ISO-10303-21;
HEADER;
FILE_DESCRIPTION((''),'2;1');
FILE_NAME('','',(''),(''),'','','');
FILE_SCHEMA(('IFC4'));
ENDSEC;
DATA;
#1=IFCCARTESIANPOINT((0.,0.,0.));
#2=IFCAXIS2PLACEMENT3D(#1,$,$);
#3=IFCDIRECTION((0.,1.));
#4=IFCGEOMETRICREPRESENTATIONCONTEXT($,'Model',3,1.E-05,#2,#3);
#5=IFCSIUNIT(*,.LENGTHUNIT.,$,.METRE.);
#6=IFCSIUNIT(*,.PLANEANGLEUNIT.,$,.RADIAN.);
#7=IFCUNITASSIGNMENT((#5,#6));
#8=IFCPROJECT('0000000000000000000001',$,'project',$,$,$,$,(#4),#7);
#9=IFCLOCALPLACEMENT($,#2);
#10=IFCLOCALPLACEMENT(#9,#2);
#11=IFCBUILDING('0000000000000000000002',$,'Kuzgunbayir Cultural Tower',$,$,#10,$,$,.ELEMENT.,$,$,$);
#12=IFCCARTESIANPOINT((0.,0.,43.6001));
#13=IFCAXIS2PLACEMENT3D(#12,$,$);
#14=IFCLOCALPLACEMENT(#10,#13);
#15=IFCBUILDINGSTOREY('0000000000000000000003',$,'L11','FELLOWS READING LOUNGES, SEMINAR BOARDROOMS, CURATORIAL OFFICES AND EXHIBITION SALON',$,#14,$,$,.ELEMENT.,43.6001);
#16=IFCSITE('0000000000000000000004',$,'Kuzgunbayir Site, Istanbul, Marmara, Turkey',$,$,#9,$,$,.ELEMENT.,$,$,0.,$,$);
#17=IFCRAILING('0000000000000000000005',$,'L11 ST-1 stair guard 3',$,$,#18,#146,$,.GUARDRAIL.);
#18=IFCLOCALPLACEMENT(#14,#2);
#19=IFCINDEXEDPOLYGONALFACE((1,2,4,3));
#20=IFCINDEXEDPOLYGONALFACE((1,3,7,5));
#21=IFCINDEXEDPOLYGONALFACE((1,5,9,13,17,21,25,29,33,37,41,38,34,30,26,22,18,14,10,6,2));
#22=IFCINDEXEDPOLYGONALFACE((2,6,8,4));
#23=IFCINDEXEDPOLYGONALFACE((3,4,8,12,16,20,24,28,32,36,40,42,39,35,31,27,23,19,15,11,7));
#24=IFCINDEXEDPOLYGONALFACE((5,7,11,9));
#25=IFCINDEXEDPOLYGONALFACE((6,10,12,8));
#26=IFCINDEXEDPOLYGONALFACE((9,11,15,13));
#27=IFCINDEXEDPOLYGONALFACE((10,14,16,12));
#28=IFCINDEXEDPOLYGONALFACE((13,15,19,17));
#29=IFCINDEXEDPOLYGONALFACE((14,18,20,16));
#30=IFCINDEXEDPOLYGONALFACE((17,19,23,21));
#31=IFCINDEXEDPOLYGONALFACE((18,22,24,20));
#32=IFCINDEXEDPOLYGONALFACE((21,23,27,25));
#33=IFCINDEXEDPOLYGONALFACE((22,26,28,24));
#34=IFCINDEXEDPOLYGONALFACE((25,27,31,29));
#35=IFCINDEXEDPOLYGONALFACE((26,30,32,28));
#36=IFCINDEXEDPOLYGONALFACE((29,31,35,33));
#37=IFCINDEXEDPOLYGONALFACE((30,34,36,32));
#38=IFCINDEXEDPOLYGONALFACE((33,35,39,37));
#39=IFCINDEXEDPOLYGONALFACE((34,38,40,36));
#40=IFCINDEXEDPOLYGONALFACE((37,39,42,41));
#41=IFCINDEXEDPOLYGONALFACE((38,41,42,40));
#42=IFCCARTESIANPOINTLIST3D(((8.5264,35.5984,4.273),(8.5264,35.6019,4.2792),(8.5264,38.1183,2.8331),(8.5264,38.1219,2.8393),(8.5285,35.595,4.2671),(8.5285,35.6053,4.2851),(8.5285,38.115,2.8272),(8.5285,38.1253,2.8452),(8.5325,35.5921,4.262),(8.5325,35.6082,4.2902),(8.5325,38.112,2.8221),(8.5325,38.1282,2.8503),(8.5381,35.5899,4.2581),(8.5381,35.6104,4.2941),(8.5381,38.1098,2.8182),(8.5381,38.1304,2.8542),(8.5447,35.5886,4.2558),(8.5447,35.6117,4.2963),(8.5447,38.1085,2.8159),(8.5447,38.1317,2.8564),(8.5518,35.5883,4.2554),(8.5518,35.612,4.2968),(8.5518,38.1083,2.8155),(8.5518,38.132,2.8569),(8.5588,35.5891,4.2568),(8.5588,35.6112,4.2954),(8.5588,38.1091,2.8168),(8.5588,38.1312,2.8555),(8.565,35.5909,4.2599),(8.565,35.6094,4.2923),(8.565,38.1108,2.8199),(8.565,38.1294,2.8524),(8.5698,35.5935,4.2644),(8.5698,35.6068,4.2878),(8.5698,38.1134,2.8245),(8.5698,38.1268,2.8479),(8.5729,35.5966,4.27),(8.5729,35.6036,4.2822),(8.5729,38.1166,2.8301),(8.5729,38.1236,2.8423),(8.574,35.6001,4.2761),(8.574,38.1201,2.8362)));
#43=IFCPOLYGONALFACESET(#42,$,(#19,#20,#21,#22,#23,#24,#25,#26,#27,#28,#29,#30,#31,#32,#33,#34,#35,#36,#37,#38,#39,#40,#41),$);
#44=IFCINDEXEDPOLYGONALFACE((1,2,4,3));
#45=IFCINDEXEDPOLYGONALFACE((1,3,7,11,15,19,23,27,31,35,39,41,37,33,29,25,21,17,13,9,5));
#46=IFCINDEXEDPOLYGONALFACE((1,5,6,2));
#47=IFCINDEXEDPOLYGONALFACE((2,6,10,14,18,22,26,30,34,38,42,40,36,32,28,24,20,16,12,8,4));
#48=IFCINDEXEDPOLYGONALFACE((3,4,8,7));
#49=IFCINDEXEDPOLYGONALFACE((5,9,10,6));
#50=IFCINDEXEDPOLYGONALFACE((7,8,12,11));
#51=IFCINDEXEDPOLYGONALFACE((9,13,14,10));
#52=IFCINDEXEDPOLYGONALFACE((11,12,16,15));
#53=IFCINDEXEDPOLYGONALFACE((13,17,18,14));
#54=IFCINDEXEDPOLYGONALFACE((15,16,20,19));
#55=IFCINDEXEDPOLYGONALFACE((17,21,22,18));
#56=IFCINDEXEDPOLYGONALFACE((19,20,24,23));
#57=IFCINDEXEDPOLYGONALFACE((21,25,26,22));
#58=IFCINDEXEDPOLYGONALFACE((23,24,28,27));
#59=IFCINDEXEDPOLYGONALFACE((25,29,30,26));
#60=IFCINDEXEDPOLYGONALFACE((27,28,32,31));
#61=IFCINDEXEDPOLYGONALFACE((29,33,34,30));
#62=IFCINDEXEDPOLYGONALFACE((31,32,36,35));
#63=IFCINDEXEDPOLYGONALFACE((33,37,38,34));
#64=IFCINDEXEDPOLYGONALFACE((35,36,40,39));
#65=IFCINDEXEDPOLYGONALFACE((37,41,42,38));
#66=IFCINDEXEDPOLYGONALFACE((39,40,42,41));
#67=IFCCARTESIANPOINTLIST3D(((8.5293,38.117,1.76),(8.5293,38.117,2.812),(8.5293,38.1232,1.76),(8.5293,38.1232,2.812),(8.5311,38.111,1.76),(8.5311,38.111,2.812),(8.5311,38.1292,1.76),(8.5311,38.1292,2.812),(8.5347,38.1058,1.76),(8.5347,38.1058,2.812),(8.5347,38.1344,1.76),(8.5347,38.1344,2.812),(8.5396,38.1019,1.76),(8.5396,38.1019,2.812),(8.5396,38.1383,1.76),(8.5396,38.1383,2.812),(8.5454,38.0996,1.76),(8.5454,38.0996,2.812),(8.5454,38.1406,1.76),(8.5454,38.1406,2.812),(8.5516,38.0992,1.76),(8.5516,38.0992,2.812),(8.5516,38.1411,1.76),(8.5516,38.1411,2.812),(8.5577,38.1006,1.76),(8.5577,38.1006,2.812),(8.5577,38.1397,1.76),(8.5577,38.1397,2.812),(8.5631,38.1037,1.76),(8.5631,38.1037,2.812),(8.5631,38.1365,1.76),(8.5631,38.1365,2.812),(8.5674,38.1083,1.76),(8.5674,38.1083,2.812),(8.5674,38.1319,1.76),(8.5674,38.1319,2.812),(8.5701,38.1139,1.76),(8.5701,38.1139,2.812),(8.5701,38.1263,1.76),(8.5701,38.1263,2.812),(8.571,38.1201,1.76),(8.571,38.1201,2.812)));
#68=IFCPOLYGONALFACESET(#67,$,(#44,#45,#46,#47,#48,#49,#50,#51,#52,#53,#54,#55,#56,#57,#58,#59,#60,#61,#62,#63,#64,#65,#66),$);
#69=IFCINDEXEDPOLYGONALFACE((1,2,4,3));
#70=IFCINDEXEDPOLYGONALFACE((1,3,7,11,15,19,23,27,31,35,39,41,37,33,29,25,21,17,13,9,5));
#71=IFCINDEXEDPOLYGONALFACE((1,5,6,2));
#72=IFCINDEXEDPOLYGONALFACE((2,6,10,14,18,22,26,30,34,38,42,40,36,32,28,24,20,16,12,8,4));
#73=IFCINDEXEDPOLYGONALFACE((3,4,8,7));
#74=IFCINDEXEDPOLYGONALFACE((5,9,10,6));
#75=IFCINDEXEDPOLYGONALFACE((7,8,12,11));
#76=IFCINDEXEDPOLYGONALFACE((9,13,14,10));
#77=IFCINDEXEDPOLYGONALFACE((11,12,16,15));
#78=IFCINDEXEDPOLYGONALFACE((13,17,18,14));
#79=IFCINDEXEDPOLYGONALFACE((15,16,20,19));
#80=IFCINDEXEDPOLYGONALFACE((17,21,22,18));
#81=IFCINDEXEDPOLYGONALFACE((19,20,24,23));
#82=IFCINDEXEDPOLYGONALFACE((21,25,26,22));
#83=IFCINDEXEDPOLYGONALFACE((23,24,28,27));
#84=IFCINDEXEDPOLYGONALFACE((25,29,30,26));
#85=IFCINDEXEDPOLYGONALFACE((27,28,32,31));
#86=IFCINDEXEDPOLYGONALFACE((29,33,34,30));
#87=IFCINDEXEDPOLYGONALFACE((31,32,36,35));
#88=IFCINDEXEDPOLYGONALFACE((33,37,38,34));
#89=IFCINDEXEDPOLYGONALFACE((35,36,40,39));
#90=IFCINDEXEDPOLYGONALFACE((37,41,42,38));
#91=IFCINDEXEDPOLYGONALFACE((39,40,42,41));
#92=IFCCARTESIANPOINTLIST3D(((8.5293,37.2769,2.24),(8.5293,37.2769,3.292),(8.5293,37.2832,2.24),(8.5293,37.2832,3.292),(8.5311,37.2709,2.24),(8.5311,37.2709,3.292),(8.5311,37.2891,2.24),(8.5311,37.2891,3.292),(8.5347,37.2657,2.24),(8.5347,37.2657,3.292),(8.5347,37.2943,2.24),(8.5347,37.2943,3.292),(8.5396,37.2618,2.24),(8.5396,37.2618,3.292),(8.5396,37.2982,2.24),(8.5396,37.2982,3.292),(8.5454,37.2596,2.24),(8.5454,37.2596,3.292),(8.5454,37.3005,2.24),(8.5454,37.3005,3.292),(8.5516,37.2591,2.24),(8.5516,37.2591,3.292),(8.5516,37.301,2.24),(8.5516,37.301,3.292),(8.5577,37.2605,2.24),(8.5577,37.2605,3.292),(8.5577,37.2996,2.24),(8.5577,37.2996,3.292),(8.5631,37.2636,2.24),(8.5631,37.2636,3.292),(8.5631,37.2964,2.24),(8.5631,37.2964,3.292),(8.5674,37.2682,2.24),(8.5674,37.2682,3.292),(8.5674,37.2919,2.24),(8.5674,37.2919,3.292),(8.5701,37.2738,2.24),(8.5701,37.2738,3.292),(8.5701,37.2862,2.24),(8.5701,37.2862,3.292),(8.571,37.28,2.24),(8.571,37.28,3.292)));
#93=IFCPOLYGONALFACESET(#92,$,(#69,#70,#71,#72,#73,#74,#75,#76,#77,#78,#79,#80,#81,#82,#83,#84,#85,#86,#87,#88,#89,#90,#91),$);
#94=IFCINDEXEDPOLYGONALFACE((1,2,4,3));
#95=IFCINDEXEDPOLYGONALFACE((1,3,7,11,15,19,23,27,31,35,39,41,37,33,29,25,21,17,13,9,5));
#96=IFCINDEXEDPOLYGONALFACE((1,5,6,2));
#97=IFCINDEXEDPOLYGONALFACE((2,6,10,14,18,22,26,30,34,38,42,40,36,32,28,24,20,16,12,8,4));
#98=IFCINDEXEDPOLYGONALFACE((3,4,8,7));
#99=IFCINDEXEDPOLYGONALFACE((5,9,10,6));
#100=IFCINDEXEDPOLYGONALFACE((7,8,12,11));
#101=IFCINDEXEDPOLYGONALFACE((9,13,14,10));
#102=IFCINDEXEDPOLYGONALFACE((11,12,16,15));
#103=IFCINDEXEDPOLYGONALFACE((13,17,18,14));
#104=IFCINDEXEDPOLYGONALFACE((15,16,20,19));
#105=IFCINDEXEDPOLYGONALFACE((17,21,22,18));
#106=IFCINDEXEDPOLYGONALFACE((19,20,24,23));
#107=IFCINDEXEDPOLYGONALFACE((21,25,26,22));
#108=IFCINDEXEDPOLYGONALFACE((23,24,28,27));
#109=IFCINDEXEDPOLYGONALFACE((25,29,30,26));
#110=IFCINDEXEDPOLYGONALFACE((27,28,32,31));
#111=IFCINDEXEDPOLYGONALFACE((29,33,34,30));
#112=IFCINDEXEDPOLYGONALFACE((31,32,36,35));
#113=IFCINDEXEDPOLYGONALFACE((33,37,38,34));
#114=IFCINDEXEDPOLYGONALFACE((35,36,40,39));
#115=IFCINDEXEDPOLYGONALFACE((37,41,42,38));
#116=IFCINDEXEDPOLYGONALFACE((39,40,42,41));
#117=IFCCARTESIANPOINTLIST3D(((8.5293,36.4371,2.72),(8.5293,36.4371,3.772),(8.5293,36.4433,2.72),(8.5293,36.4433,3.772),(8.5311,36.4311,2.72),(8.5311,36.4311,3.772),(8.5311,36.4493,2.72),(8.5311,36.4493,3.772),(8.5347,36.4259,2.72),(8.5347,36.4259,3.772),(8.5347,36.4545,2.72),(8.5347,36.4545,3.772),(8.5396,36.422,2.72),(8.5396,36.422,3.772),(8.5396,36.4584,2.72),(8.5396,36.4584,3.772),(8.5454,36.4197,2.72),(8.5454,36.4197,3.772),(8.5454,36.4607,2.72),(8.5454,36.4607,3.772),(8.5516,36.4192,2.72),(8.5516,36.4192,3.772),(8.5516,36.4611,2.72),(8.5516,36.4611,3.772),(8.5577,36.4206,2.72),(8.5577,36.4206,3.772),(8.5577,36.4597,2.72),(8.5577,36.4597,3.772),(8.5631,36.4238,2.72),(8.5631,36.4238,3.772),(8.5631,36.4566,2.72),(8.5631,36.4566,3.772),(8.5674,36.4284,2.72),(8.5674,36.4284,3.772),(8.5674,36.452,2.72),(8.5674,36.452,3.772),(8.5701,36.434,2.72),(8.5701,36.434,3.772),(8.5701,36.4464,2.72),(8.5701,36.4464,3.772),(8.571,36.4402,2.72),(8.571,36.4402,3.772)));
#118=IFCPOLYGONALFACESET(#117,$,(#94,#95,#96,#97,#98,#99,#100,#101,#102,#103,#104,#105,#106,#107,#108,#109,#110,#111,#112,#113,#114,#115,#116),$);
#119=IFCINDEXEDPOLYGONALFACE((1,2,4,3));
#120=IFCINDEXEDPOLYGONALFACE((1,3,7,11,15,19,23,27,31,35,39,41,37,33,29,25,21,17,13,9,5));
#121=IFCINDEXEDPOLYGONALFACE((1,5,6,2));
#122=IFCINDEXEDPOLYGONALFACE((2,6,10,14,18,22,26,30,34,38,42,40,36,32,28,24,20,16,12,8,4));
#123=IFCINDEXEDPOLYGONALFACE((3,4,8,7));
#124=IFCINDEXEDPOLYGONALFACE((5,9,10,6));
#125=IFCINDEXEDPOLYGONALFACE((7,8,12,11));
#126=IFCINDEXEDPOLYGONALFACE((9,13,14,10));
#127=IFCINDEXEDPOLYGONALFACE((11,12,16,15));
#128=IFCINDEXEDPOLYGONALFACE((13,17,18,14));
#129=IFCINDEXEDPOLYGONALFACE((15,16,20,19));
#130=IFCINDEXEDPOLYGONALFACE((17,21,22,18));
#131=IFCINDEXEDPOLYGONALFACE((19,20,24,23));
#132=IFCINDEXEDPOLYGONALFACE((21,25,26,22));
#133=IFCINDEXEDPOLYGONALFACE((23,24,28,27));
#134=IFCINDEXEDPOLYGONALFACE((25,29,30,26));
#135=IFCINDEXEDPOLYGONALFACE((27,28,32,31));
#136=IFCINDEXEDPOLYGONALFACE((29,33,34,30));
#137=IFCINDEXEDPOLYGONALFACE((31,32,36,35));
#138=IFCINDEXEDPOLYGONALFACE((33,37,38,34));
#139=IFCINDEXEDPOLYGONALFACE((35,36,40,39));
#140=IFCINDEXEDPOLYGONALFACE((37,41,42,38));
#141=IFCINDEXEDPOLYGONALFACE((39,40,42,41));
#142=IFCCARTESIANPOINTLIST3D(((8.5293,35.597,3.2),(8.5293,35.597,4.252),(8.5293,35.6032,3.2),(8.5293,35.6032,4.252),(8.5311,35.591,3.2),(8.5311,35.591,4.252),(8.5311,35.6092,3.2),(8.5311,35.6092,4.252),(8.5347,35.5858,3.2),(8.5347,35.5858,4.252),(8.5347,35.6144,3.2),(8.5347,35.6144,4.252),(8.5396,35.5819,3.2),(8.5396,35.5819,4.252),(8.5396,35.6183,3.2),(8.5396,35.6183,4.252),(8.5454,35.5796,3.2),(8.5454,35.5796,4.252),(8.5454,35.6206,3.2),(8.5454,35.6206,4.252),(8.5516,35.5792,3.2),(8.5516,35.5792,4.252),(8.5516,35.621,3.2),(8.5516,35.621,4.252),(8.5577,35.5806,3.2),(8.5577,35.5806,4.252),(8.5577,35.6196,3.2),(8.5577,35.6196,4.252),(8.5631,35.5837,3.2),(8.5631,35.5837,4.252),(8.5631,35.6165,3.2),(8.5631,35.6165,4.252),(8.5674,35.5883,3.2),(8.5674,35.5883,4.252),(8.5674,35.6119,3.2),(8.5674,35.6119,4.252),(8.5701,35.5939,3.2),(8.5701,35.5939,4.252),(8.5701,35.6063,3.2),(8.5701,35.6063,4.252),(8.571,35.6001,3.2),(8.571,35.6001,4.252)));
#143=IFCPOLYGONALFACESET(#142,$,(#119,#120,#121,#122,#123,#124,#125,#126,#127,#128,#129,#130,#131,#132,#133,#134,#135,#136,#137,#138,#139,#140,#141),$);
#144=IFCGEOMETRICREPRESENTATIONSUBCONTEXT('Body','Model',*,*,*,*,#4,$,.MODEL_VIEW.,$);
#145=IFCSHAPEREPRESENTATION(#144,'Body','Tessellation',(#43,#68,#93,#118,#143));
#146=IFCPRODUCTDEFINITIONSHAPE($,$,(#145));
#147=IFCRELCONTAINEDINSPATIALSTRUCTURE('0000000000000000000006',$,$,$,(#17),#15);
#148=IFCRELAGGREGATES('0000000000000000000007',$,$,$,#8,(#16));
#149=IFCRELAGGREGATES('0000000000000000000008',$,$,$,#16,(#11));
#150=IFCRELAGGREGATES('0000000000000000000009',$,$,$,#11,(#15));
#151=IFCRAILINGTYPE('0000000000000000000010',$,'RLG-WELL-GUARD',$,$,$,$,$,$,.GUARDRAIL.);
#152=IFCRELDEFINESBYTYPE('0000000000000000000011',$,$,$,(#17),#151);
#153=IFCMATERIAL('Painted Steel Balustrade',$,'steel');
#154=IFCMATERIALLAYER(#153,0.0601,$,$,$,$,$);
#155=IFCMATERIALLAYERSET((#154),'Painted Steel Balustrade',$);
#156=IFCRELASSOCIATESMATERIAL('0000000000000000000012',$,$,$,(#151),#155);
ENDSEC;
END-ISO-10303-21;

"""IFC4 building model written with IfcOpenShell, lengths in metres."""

from ifc_helpers import new_model, si_unit, direction, frame, origin, origin_2d, place, context, subcontext, project, spatial, circle, extrude, material, layer, layer_set, type_object, element, save


model = new_model("IFC4")

# Units and contexts
model_context = context("Model", 3, precision=1e-05, world=origin(), true_north=direction((0.0, 1.0)))
body_context = subcontext(model_context, "Body", "Model", "MODEL_VIEW")
ifc_project = project(units=[si_unit("LENGTHUNIT", "METRE"), si_unit("PLANEANGLEUNIT", "RADIAN")], contexts=[model_context])

# Site, building, storey
site_placement = place(None, origin())
site = spatial("IfcSite", under=ifc_project, at=site_placement, Name="Kuzgunbayir Site, Istanbul, Marmara, Turkey", CompositionType="ELEMENT", RefElevation=0.0)
building_placement = place(site_placement, origin())
building = spatial("IfcBuilding", under=site, at=building_placement, Name="Kuzgunbayir Cultural Tower", CompositionType="ELEMENT")
storey_placement = place(building_placement, frame((0.0, 0.0, 43.6001)))
storey = spatial("IfcBuildingStorey", under=building, at=storey_placement, Name="L11", Description="FELLOWS READING LOUNGES, SEMINAR BOARDROOMS, CURATORIAL OFFICES AND EXHIBITION SALON", CompositionType="ELEMENT", Elevation=43.6001)

# Railing
ifc_material_1 = material(Name="Painted Steel Balustrade", Category="steel")
ifc_layer_1 = layer(ifc_material_1, 0.0601)
ifc_layer_set_1 = layer_set([ifc_layer_1], Name="Painted Steel Balustrade")
railing_type_1 = type_object("IfcRailingType", Name="RLG-WELL-GUARD", PredefinedType="GUARDRAIL", material=ifc_layer_set_1)
railing_1_placement = place(storey_placement, frame((8.55, 38.1201, 1.76)))
element("IfcRailing", 1, at=railing_1_placement, inside=storey, type_object=railing_type_1, Name="L11 ST-1 stair guard 3", PredefinedType="GUARDRAIL", context=body_context, shape_type="SweptSolid", body=[
    extrude(circle(Radius=0.0239, at=origin_2d()), frame((0.0, 0.0, 1.0762), z_axis=(0.0, -0.868253, 0.496121), x_axis=(1.0, 0.0, 0.0)), (0.0, 0.0, 1.0), 2.9023),
    extrude(circle(Radius=0.021, at=origin_2d()), origin(), (0.0, 0.0, 1.0), 1.052),
    extrude(circle(Radius=0.021, at=origin_2d()), frame((0.0, -0.8401, 0.48)), (0.0, 0.0, 1.0), 1.052),
    extrude(circle(Radius=0.021, at=origin_2d()), frame((0.0, -1.6799, 0.96)), (0.0, 0.0, 1.0), 1.052),
    extrude(circle(Radius=0.021, at=origin_2d()), frame((0.0, -2.52, 1.4399)), (0.0, 0.0, 1.0), 1.052),
])

save(model, "model.ifc")
